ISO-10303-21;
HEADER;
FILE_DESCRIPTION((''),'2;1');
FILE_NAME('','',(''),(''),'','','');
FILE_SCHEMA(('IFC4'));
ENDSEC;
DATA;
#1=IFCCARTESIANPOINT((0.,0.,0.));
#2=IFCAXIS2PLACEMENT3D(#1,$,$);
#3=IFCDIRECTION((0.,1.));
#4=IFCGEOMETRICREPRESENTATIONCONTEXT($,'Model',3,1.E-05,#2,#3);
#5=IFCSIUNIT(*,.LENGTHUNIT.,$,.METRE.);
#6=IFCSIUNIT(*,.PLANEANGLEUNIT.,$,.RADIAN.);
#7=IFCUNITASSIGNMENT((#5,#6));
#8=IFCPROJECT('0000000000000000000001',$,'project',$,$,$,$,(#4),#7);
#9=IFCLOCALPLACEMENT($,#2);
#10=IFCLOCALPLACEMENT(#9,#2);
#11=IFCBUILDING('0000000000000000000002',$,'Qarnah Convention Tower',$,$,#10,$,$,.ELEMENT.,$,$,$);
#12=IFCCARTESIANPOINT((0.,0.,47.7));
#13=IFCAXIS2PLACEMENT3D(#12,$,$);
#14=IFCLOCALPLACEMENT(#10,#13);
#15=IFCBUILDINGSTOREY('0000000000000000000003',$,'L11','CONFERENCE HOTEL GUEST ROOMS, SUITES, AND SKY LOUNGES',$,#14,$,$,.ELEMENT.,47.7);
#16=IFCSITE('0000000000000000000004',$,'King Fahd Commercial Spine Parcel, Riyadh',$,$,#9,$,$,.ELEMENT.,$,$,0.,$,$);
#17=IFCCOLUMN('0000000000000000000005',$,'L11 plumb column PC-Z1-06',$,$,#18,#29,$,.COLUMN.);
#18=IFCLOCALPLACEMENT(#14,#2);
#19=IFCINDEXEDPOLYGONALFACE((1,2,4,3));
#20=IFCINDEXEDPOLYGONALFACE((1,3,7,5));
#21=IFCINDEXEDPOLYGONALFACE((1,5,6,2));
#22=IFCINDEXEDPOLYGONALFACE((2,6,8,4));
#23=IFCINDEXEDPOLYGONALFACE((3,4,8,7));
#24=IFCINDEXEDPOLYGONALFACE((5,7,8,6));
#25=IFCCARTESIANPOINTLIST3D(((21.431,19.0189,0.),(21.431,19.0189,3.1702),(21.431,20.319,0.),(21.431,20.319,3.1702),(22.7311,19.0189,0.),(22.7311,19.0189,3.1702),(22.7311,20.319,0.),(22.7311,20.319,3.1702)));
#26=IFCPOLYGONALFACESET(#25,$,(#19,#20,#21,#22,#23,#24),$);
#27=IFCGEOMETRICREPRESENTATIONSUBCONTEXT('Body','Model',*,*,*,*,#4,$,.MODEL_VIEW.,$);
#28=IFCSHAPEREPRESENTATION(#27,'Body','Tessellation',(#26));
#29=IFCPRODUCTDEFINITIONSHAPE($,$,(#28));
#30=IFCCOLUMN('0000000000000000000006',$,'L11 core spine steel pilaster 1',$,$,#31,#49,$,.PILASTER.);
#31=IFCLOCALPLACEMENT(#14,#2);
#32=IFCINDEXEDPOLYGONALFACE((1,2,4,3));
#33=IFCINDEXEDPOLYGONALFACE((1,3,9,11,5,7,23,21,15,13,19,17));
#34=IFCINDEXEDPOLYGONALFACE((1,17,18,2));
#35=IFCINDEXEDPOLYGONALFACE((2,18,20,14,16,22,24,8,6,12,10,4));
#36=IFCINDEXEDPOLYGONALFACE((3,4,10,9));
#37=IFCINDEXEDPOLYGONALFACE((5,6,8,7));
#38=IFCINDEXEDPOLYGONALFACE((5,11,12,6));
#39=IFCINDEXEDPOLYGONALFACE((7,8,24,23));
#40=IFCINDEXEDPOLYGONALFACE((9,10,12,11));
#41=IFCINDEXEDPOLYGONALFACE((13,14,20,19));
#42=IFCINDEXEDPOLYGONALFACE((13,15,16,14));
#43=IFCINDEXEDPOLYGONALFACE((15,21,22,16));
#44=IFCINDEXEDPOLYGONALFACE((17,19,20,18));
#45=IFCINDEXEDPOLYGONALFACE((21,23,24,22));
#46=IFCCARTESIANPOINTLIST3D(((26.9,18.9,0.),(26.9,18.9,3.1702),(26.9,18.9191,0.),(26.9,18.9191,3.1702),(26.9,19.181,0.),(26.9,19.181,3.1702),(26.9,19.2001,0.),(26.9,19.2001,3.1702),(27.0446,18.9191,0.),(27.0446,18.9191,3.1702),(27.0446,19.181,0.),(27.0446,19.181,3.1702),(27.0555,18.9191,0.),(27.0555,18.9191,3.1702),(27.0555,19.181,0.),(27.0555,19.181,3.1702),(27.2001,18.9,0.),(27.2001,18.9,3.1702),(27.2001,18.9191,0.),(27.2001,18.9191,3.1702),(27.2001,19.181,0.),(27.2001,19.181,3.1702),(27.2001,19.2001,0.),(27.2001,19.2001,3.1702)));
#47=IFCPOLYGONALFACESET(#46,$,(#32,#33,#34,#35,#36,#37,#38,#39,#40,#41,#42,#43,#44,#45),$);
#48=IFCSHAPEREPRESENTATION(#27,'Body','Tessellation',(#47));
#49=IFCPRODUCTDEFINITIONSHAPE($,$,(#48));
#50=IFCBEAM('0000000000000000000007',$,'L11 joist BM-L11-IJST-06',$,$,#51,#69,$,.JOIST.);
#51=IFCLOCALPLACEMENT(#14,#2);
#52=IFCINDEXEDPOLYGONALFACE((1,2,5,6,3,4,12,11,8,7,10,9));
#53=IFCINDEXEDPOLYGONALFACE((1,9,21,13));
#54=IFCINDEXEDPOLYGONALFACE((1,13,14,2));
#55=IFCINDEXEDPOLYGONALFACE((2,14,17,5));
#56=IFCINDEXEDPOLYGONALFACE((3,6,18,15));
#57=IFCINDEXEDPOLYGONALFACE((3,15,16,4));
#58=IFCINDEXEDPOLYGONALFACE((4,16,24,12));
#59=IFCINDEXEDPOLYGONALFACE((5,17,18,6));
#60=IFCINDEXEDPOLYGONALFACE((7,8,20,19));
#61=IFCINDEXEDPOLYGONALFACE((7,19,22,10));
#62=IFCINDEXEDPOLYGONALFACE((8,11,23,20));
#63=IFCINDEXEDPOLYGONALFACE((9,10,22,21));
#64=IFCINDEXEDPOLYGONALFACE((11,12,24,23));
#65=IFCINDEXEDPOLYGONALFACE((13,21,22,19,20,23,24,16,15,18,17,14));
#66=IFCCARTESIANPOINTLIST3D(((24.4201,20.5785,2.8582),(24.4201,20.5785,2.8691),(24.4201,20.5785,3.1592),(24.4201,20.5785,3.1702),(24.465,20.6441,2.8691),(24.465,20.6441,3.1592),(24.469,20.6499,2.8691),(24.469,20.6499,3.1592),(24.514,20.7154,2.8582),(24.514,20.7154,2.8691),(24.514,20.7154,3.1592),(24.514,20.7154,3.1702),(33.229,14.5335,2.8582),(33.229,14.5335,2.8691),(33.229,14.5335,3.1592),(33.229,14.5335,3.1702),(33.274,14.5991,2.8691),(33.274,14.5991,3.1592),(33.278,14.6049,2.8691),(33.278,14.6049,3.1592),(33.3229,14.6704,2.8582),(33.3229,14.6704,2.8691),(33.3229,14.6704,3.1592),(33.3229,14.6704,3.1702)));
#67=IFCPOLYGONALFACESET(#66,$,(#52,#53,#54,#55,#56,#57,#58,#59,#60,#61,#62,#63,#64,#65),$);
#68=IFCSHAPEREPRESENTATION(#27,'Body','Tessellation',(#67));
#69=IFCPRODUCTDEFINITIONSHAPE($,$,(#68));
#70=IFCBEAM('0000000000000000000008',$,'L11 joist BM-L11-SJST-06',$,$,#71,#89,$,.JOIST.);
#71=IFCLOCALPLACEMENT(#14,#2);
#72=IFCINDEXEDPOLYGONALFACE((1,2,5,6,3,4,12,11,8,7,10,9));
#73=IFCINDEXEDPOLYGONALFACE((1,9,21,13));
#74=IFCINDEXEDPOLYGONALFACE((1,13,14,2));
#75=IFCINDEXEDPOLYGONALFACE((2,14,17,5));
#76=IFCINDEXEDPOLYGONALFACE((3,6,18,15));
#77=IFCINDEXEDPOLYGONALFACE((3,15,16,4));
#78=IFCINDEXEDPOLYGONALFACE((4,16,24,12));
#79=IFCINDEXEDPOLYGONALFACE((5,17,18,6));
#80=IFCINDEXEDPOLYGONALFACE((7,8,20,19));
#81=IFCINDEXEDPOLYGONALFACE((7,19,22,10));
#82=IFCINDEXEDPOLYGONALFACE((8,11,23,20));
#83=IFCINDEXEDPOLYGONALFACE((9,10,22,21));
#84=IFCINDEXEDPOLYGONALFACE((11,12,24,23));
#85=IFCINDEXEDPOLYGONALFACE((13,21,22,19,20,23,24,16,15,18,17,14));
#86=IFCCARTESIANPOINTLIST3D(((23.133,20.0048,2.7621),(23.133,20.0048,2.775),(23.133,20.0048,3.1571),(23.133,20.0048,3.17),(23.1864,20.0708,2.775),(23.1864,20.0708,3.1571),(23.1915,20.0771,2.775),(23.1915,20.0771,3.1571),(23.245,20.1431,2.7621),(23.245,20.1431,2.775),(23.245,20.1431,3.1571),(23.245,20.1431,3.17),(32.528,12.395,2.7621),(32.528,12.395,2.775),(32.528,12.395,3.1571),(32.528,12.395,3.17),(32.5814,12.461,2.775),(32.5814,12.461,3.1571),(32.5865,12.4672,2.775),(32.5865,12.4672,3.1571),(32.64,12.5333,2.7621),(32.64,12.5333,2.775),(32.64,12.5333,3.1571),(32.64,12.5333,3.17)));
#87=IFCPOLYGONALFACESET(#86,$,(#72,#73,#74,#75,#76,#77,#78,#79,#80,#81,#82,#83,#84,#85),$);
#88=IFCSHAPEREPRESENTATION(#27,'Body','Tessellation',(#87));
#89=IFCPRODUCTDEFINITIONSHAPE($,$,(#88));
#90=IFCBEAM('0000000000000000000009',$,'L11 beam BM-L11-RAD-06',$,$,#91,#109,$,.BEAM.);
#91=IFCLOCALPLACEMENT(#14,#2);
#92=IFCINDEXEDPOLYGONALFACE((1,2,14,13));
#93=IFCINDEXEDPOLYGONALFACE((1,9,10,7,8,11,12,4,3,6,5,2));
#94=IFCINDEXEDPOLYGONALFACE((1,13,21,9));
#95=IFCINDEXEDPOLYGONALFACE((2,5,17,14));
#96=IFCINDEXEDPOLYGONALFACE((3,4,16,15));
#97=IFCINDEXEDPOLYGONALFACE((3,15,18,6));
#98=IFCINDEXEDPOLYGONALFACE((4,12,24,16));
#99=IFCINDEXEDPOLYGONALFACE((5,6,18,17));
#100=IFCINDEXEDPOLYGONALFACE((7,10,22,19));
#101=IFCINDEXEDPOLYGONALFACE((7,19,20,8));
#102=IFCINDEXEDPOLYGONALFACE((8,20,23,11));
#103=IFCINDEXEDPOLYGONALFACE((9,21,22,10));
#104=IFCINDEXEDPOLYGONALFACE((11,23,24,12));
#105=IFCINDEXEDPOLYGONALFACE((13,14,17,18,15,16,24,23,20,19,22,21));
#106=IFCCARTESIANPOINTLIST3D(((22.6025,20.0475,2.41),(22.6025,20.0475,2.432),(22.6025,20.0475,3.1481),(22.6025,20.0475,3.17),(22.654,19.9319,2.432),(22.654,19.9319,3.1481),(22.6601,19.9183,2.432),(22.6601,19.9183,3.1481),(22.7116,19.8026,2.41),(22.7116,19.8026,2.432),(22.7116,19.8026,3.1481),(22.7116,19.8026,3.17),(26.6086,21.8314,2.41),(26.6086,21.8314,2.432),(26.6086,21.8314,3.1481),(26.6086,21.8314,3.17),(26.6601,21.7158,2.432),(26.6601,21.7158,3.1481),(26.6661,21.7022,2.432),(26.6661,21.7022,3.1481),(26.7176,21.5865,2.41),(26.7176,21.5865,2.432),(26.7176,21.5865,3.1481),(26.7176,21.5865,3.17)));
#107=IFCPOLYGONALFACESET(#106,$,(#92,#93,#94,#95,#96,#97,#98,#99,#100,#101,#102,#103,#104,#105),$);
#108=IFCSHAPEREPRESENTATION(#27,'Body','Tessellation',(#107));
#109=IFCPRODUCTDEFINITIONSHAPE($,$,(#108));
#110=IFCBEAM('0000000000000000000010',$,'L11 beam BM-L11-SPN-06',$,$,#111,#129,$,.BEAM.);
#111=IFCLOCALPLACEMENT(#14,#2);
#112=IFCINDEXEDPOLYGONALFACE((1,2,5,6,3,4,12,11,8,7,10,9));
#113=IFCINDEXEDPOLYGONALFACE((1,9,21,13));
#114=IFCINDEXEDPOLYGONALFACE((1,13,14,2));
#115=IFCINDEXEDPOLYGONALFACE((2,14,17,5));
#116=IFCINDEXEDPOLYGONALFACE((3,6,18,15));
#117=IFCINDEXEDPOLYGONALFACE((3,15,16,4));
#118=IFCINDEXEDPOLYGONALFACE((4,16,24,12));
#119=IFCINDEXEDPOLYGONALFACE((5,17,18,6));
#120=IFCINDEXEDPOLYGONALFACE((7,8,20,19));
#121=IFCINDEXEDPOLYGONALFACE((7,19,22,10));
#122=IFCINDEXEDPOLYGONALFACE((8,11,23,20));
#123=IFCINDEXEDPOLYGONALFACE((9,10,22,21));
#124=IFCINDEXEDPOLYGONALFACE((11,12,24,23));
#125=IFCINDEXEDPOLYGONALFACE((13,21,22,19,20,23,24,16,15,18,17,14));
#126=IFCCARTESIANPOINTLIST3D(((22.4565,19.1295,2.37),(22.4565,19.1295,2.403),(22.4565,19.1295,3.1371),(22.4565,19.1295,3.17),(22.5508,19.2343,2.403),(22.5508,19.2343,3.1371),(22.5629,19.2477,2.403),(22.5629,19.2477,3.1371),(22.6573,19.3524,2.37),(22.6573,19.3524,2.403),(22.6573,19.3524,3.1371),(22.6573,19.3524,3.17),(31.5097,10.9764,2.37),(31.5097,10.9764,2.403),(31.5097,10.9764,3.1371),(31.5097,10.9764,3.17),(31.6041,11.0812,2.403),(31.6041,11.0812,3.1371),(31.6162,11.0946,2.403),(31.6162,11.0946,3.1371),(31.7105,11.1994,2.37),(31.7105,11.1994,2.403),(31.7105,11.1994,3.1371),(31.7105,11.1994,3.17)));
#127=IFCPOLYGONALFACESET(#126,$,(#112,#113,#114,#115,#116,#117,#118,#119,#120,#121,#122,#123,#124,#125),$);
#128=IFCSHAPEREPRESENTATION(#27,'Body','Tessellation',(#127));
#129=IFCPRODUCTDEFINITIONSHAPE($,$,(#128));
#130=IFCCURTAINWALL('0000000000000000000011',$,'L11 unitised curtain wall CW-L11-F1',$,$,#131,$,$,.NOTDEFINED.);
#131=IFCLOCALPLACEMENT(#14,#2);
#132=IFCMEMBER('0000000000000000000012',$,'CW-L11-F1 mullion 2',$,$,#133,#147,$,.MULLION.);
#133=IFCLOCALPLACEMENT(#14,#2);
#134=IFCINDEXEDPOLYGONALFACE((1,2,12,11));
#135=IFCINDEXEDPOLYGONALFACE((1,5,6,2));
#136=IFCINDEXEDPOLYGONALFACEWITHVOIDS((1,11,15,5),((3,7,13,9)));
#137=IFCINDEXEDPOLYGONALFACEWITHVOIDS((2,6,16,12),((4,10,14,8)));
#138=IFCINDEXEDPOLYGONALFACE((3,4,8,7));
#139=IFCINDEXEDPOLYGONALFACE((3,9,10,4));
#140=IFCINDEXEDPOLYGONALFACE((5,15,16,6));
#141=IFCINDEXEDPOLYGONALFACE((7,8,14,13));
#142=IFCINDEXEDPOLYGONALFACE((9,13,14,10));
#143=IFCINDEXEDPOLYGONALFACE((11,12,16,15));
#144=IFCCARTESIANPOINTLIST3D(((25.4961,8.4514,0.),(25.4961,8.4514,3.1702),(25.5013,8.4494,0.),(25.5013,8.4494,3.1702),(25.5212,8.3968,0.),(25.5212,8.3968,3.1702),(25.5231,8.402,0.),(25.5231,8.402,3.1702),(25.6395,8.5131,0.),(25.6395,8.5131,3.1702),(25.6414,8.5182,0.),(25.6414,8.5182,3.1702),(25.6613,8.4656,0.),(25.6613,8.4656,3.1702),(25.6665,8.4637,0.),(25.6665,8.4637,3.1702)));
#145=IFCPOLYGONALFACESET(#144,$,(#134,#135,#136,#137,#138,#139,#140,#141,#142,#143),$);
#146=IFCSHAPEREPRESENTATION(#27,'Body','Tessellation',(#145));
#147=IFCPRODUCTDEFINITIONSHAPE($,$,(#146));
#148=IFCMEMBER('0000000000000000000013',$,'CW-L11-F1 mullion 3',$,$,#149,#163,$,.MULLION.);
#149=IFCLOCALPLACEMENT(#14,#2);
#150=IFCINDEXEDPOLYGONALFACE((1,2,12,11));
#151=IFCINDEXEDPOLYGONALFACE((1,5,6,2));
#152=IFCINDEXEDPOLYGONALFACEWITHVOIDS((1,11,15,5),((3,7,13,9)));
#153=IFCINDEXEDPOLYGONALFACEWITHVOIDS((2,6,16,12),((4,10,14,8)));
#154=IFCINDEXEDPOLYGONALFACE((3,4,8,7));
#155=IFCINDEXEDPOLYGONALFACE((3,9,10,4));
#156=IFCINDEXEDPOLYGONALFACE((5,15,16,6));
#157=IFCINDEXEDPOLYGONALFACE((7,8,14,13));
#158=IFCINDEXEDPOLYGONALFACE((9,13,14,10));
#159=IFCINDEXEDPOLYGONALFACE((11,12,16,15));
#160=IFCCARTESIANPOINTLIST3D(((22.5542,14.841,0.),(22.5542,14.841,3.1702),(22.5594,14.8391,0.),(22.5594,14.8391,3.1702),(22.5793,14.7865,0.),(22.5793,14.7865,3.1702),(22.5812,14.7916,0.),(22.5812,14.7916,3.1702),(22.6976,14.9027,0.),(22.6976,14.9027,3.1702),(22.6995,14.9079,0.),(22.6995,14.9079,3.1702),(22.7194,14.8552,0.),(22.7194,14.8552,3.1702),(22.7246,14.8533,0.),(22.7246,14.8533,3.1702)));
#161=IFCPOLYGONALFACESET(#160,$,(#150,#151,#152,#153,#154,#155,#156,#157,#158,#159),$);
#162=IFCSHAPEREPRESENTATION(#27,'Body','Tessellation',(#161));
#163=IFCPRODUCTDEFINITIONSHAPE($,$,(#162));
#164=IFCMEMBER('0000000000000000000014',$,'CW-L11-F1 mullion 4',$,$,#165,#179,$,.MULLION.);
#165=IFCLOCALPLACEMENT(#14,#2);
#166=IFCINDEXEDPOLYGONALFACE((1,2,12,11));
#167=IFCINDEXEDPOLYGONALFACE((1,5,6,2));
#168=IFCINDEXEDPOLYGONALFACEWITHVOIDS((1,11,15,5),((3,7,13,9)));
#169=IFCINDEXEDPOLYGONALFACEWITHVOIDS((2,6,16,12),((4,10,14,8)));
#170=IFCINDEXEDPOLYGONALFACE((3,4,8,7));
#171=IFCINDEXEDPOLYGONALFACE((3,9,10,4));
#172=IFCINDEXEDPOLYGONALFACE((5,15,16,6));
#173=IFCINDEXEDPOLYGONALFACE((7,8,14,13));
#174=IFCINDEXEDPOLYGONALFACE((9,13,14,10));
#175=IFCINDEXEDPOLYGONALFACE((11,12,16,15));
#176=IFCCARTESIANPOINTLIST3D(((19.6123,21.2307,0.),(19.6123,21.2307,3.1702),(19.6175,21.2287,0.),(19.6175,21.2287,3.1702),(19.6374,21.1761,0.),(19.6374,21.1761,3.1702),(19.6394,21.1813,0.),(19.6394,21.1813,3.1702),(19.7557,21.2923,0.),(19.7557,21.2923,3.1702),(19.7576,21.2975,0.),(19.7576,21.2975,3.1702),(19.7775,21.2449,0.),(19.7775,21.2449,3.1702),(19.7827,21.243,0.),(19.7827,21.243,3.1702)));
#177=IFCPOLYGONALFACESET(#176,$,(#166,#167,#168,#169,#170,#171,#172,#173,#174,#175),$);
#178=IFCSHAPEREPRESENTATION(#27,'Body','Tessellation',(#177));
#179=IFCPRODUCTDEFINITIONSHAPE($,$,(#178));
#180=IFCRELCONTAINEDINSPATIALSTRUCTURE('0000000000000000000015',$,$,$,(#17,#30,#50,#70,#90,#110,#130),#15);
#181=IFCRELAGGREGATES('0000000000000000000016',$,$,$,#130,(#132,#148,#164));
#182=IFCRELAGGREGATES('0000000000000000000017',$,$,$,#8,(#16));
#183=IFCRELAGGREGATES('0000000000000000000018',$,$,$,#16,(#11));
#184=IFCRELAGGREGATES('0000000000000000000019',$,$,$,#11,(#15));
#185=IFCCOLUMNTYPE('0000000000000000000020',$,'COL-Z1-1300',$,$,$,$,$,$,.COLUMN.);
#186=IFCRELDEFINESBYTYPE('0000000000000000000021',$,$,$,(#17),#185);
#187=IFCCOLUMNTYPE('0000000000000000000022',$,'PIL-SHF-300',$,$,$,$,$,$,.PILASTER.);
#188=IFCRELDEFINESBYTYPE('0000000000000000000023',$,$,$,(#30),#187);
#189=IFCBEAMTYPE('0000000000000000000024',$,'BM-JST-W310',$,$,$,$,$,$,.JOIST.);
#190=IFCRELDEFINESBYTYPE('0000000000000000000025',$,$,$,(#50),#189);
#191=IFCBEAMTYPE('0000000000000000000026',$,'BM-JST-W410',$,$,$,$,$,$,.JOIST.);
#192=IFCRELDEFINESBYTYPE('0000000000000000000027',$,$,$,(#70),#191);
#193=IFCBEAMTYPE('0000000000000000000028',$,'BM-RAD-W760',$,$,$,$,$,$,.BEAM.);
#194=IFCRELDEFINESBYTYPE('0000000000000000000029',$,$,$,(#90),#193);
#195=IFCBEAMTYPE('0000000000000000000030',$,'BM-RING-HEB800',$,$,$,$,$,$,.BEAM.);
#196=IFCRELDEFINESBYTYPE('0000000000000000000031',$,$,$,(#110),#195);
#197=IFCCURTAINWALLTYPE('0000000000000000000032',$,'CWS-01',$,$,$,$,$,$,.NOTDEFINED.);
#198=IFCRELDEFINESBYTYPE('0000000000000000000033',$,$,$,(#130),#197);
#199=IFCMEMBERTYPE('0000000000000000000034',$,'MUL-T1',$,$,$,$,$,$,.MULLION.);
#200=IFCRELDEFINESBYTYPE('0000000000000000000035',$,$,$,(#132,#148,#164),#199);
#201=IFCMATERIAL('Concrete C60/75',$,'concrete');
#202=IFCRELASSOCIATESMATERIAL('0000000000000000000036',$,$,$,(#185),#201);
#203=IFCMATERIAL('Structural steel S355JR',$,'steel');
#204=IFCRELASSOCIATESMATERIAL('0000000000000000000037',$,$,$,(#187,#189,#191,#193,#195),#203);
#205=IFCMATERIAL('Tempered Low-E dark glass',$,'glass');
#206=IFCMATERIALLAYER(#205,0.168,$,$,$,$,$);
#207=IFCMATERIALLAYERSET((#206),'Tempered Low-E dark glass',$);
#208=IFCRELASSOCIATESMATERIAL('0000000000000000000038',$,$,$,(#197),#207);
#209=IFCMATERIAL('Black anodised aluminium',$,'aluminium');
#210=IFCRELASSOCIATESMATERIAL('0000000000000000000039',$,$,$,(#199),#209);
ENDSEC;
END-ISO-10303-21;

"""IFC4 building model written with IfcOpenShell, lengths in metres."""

from ifc_helpers import new_model, si_unit, direction, frame, origin, origin_2d, place, context, subcontext, project, spatial, rectangle, hollow_rectangle, i_section, extrude, material, layer, layer_set, material_profile, profile_set, type_object, element, aggregate, save


model = new_model("IFC4")

# Units and contexts
model_context = context("Model", 3, precision=1e-05, world=origin(), true_north=direction((0.0, 1.0)))
body_context = subcontext(model_context, "Body", "Model", "MODEL_VIEW")
ifc_project = project(units=[si_unit("LENGTHUNIT", "METRE"), si_unit("PLANEANGLEUNIT", "RADIAN")], contexts=[model_context])

# Site, building, storey
site_placement = place(None, origin())
site = spatial("IfcSite", under=ifc_project, at=site_placement, Name="King Fahd Commercial Spine Parcel, Riyadh", CompositionType="ELEMENT", RefElevation=0.0)
building_placement = place(site_placement, origin())
building = spatial("IfcBuilding", under=site, at=building_placement, Name="Qarnah Convention Tower", CompositionType="ELEMENT")
storey_placement = place(building_placement, frame((0.0, 0.0, 47.7)))
storey = spatial("IfcBuildingStorey", under=building, at=storey_placement, Name="L11", Description="CONFERENCE HOTEL GUEST ROOMS, SUITES, AND SKY LOUNGES", CompositionType="ELEMENT", Elevation=47.7)

# Columns
ifc_material_1 = material(Name="Concrete C60/75", Category="concrete")
ifc_material_profile_1 = material_profile(ifc_material_1, rectangle(XDim=1.3, YDim=1.3, at=origin_2d()), Name="RC-COL-1300X1300")
ifc_profile_set_1 = profile_set([ifc_material_profile_1], Name="Concrete C60/75")
column_type_1 = type_object("IfcColumnType", Name="COL-Z1-1300", PredefinedType="COLUMN", material=ifc_profile_set_1)
column_1_placement = place(storey_placement, frame((22.0811, 19.6689, 0.0), z_axis=(0.0, 0.0, 1.0), x_axis=(1.0, 0.0, 0.0)))
element("IfcColumn", 1, at=column_1_placement, inside=storey, type_object=column_type_1, Name="L11 plumb column PC-Z1-06", PredefinedType="COLUMN", context=body_context, shape_type="SweptSolid", body=[
    extrude(rectangle(XDim=1.3, YDim=1.3, at=origin_2d()), origin(), (0.0, 0.0, 1.0), 3.1702),
])
ifc_material_2 = material(Name="Structural steel S355JR", Category="steel")
ifc_material_profile_2 = material_profile(ifc_material_2, i_section(OverallWidth=0.3, OverallDepth=0.3, WebThickness=0.011, FlangeThickness=0.019, at=origin_2d()), Name="HEB300")
ifc_profile_set_2 = profile_set([ifc_material_profile_2], Name="Structural steel S355JR")
column_type_2 = type_object("IfcColumnType", Name="PIL-SHF-300", PredefinedType="PILASTER", material=ifc_profile_set_2)
column_2_placement = place(storey_placement, frame((27.05, 19.05, 0.0), z_axis=(0.0, 0.0, 1.0), x_axis=(1.0, 0.0, 0.0)))
element("IfcColumn", 2, at=column_2_placement, inside=storey, type_object=column_type_2, Name="L11 core spine steel pilaster 1", PredefinedType="PILASTER", context=body_context, shape_type="SweptSolid", body=[
    extrude(i_section(OverallWidth=0.3, OverallDepth=0.3, WebThickness=0.011, FlangeThickness=0.019, at=origin_2d()), origin(), (0.0, 0.0, 1.0), 3.1702),
])

# Beams
ifc_material_profile_3 = material_profile(ifc_material_2, i_section(OverallWidth=0.166, OverallDepth=0.312, WebThickness=0.0071, FlangeThickness=0.011, at=origin_2d()), Name="W310X45")
ifc_profile_set_3 = profile_set([ifc_material_profile_3], Name="Structural steel S355JR")
beam_type_1 = type_object("IfcBeamType", Name="BM-JST-W310", PredefinedType="JOIST", material=ifc_profile_set_3)
beam_1_placement = place(storey_placement, frame((24.467, 20.647, 3.0142), z_axis=(0.824529, -0.56582, 0.0), x_axis=(0.56582, 0.824529, 0.0)))
element("IfcBeam", 3, at=beam_1_placement, inside=storey, type_object=beam_type_1, Name="L11 joist BM-L11-IJST-06", PredefinedType="JOIST", context=body_context, shape_type="SweptSolid", body=[
    extrude(i_section(OverallWidth=0.166, OverallDepth=0.312, WebThickness=0.0071, FlangeThickness=0.011, at=origin_2d()), origin(), (0.0, 0.0, 1.0), 10.6836),
])
ifc_material_profile_4 = material_profile(ifc_material_2, i_section(OverallWidth=0.178, OverallDepth=0.408, WebThickness=0.0081, FlangeThickness=0.0129, at=origin_2d()), Name="W410X60")
ifc_profile_set_4 = profile_set([ifc_material_profile_4], Name="Structural steel S355JR")
beam_type_2 = type_object("IfcBeamType", Name="BM-JST-W410", PredefinedType="JOIST", material=ifc_profile_set_4)
beam_2_placement = place(storey_placement, frame((23.189, 20.074, 2.9661), z_axis=(0.777068, -0.629417, 0.0), x_axis=(0.629417, 0.777068, 0.0)))
element("IfcBeam", 4, at=beam_2_placement, inside=storey, type_object=beam_type_2, Name="L11 joist BM-L11-SJST-06", PredefinedType="JOIST", context=body_context, shape_type="SweptSolid", body=[
    extrude(i_section(OverallWidth=0.178, OverallDepth=0.408, WebThickness=0.0081, FlangeThickness=0.0129, at=origin_2d()), origin(), (0.0, 0.0, 1.0), 12.0903),
])
ifc_material_profile_5 = material_profile(ifc_material_2, i_section(OverallWidth=0.2681, OverallDepth=0.76, WebThickness=0.0149, FlangeThickness=0.022, at=origin_2d()), Name="W760X185")
ifc_profile_set_5 = profile_set([ifc_material_profile_5], Name="Structural steel S355JR")
beam_type_3 = type_object("IfcBeamType", Name="BM-RAD-W760", PredefinedType="BEAM", material=ifc_profile_set_5)
beam_3_placement = place(storey_placement, frame((26.6631, 21.709, 2.79), z_axis=(-0.91352, -0.406794, 0.0), x_axis=(0.406794, -0.91352, 0.0)))
element("IfcBeam", 5, at=beam_3_placement, inside=storey, type_object=beam_type_3, Name="L11 beam BM-L11-RAD-06", PredefinedType="BEAM", context=body_context, shape_type="SweptSolid", body=[
    extrude(i_section(OverallWidth=0.2681, OverallDepth=0.76, WebThickness=0.0149, FlangeThickness=0.022, at=origin_2d()), origin(), (0.0, 0.0, 1.0), 4.3853),
])
ifc_material_profile_6 = material_profile(ifc_material_2, i_section(OverallWidth=0.3, OverallDepth=0.8, WebThickness=0.0181, FlangeThickness=0.033, at=origin_2d()), Name="HEB800")
ifc_profile_set_6 = profile_set([ifc_material_profile_6], Name="Structural steel S355JR")
beam_type_4 = type_object("IfcBeamType", Name="BM-RING-HEB800", PredefinedType="BEAM", material=ifc_profile_set_6)
beam_4_placement = place(storey_placement, frame((22.5569, 19.241, 2.77), z_axis=(0.743083, -0.669199, 0.0), x_axis=(0.669199, 0.743083, 0.0)))
element("IfcBeam", 6, at=beam_4_placement, inside=storey, type_object=beam_type_4, Name="L11 beam BM-L11-SPN-06", PredefinedType="BEAM", context=body_context, shape_type="SweptSolid", body=[
    extrude(i_section(OverallWidth=0.3, OverallDepth=0.8, WebThickness=0.0181, FlangeThickness=0.033, at=origin_2d()), origin(), (0.0, 0.0, 1.0), 12.1833),
])

# Curtain wall, members
ifc_material_3 = material(Name="Tempered Low-E dark glass", Category="glass")
ifc_layer_1 = layer(ifc_material_3, 0.168)
ifc_layer_set_1 = layer_set([ifc_layer_1], Name="Tempered Low-E dark glass")
curtain_wall_type = type_object("IfcCurtainWallType", Name="CWS-01", PredefinedType="NOTDEFINED", material=ifc_layer_set_1)
curtain_wall_placement = place(storey_placement, origin())
curtain_wall = element("IfcCurtainWall", 7, at=curtain_wall_placement, inside=storey, type_object=curtain_wall_type, Name="L11 unitised curtain wall CW-L11-F1", PredefinedType="NOTDEFINED")
ifc_material_4 = material(Name="Black anodised aluminium", Category="aluminium")
ifc_material_profile_7 = material_profile(ifc_material_4, hollow_rectangle(XDim=0.0601, YDim=0.1599, WallThickness=0.0039, at=origin_2d()), Name="MUL-60X160")
ifc_profile_set_7 = profile_set([ifc_material_profile_7], Name="Black anodised aluminium")
member_type = type_object("IfcMemberType", Name="MUL-T1", PredefinedType="MULLION", material=ifc_profile_set_7)
member_1_placement = place(storey_placement, frame((25.5813, 8.4575, 0.0), z_axis=(0.0, 0.0, 1.0), x_axis=(-0.418209, 0.908351, 0.0)))
member_1 = element("IfcMember", 8, at=member_1_placement, type_object=member_type, Name="CW-L11-F1 mullion 2", PredefinedType="MULLION", context=body_context, shape_type="SweptSolid", body=[
    extrude(hollow_rectangle(XDim=0.0601, YDim=0.1599, WallThickness=0.0039, at=origin_2d()), origin(), (0.0, 0.0, 1.0), 3.1702),
])
member_2_placement = place(storey_placement, frame((22.6394, 14.8472, 0.0), z_axis=(0.0, 0.0, 1.0), x_axis=(-0.418209, 0.908351, 0.0)))
member_2 = element("IfcMember", 9, at=member_2_placement, type_object=member_type, Name="CW-L11-F1 mullion 3", PredefinedType="MULLION", context=body_context, shape_type="SweptSolid", body=[
    extrude(hollow_rectangle(XDim=0.0601, YDim=0.1599, WallThickness=0.0039, at=origin_2d()), origin(), (0.0, 0.0, 1.0), 3.1702),
])
member_3_placement = place(storey_placement, frame((19.6975, 21.2368, 0.0), z_axis=(0.0, 0.0, 1.0), x_axis=(-0.418209, 0.908351, 0.0)))
member_3 = element("IfcMember", 10, at=member_3_placement, type_object=member_type, Name="CW-L11-F1 mullion 4", PredefinedType="MULLION", context=body_context, shape_type="SweptSolid", body=[
    extrude(hollow_rectangle(XDim=0.0601, YDim=0.1599, WallThickness=0.0039, at=origin_2d()), origin(), (0.0, 0.0, 1.0), 3.1702),
])
aggregate(curtain_wall, [member_1, member_2, member_3])

save(model, "model.ifc")
